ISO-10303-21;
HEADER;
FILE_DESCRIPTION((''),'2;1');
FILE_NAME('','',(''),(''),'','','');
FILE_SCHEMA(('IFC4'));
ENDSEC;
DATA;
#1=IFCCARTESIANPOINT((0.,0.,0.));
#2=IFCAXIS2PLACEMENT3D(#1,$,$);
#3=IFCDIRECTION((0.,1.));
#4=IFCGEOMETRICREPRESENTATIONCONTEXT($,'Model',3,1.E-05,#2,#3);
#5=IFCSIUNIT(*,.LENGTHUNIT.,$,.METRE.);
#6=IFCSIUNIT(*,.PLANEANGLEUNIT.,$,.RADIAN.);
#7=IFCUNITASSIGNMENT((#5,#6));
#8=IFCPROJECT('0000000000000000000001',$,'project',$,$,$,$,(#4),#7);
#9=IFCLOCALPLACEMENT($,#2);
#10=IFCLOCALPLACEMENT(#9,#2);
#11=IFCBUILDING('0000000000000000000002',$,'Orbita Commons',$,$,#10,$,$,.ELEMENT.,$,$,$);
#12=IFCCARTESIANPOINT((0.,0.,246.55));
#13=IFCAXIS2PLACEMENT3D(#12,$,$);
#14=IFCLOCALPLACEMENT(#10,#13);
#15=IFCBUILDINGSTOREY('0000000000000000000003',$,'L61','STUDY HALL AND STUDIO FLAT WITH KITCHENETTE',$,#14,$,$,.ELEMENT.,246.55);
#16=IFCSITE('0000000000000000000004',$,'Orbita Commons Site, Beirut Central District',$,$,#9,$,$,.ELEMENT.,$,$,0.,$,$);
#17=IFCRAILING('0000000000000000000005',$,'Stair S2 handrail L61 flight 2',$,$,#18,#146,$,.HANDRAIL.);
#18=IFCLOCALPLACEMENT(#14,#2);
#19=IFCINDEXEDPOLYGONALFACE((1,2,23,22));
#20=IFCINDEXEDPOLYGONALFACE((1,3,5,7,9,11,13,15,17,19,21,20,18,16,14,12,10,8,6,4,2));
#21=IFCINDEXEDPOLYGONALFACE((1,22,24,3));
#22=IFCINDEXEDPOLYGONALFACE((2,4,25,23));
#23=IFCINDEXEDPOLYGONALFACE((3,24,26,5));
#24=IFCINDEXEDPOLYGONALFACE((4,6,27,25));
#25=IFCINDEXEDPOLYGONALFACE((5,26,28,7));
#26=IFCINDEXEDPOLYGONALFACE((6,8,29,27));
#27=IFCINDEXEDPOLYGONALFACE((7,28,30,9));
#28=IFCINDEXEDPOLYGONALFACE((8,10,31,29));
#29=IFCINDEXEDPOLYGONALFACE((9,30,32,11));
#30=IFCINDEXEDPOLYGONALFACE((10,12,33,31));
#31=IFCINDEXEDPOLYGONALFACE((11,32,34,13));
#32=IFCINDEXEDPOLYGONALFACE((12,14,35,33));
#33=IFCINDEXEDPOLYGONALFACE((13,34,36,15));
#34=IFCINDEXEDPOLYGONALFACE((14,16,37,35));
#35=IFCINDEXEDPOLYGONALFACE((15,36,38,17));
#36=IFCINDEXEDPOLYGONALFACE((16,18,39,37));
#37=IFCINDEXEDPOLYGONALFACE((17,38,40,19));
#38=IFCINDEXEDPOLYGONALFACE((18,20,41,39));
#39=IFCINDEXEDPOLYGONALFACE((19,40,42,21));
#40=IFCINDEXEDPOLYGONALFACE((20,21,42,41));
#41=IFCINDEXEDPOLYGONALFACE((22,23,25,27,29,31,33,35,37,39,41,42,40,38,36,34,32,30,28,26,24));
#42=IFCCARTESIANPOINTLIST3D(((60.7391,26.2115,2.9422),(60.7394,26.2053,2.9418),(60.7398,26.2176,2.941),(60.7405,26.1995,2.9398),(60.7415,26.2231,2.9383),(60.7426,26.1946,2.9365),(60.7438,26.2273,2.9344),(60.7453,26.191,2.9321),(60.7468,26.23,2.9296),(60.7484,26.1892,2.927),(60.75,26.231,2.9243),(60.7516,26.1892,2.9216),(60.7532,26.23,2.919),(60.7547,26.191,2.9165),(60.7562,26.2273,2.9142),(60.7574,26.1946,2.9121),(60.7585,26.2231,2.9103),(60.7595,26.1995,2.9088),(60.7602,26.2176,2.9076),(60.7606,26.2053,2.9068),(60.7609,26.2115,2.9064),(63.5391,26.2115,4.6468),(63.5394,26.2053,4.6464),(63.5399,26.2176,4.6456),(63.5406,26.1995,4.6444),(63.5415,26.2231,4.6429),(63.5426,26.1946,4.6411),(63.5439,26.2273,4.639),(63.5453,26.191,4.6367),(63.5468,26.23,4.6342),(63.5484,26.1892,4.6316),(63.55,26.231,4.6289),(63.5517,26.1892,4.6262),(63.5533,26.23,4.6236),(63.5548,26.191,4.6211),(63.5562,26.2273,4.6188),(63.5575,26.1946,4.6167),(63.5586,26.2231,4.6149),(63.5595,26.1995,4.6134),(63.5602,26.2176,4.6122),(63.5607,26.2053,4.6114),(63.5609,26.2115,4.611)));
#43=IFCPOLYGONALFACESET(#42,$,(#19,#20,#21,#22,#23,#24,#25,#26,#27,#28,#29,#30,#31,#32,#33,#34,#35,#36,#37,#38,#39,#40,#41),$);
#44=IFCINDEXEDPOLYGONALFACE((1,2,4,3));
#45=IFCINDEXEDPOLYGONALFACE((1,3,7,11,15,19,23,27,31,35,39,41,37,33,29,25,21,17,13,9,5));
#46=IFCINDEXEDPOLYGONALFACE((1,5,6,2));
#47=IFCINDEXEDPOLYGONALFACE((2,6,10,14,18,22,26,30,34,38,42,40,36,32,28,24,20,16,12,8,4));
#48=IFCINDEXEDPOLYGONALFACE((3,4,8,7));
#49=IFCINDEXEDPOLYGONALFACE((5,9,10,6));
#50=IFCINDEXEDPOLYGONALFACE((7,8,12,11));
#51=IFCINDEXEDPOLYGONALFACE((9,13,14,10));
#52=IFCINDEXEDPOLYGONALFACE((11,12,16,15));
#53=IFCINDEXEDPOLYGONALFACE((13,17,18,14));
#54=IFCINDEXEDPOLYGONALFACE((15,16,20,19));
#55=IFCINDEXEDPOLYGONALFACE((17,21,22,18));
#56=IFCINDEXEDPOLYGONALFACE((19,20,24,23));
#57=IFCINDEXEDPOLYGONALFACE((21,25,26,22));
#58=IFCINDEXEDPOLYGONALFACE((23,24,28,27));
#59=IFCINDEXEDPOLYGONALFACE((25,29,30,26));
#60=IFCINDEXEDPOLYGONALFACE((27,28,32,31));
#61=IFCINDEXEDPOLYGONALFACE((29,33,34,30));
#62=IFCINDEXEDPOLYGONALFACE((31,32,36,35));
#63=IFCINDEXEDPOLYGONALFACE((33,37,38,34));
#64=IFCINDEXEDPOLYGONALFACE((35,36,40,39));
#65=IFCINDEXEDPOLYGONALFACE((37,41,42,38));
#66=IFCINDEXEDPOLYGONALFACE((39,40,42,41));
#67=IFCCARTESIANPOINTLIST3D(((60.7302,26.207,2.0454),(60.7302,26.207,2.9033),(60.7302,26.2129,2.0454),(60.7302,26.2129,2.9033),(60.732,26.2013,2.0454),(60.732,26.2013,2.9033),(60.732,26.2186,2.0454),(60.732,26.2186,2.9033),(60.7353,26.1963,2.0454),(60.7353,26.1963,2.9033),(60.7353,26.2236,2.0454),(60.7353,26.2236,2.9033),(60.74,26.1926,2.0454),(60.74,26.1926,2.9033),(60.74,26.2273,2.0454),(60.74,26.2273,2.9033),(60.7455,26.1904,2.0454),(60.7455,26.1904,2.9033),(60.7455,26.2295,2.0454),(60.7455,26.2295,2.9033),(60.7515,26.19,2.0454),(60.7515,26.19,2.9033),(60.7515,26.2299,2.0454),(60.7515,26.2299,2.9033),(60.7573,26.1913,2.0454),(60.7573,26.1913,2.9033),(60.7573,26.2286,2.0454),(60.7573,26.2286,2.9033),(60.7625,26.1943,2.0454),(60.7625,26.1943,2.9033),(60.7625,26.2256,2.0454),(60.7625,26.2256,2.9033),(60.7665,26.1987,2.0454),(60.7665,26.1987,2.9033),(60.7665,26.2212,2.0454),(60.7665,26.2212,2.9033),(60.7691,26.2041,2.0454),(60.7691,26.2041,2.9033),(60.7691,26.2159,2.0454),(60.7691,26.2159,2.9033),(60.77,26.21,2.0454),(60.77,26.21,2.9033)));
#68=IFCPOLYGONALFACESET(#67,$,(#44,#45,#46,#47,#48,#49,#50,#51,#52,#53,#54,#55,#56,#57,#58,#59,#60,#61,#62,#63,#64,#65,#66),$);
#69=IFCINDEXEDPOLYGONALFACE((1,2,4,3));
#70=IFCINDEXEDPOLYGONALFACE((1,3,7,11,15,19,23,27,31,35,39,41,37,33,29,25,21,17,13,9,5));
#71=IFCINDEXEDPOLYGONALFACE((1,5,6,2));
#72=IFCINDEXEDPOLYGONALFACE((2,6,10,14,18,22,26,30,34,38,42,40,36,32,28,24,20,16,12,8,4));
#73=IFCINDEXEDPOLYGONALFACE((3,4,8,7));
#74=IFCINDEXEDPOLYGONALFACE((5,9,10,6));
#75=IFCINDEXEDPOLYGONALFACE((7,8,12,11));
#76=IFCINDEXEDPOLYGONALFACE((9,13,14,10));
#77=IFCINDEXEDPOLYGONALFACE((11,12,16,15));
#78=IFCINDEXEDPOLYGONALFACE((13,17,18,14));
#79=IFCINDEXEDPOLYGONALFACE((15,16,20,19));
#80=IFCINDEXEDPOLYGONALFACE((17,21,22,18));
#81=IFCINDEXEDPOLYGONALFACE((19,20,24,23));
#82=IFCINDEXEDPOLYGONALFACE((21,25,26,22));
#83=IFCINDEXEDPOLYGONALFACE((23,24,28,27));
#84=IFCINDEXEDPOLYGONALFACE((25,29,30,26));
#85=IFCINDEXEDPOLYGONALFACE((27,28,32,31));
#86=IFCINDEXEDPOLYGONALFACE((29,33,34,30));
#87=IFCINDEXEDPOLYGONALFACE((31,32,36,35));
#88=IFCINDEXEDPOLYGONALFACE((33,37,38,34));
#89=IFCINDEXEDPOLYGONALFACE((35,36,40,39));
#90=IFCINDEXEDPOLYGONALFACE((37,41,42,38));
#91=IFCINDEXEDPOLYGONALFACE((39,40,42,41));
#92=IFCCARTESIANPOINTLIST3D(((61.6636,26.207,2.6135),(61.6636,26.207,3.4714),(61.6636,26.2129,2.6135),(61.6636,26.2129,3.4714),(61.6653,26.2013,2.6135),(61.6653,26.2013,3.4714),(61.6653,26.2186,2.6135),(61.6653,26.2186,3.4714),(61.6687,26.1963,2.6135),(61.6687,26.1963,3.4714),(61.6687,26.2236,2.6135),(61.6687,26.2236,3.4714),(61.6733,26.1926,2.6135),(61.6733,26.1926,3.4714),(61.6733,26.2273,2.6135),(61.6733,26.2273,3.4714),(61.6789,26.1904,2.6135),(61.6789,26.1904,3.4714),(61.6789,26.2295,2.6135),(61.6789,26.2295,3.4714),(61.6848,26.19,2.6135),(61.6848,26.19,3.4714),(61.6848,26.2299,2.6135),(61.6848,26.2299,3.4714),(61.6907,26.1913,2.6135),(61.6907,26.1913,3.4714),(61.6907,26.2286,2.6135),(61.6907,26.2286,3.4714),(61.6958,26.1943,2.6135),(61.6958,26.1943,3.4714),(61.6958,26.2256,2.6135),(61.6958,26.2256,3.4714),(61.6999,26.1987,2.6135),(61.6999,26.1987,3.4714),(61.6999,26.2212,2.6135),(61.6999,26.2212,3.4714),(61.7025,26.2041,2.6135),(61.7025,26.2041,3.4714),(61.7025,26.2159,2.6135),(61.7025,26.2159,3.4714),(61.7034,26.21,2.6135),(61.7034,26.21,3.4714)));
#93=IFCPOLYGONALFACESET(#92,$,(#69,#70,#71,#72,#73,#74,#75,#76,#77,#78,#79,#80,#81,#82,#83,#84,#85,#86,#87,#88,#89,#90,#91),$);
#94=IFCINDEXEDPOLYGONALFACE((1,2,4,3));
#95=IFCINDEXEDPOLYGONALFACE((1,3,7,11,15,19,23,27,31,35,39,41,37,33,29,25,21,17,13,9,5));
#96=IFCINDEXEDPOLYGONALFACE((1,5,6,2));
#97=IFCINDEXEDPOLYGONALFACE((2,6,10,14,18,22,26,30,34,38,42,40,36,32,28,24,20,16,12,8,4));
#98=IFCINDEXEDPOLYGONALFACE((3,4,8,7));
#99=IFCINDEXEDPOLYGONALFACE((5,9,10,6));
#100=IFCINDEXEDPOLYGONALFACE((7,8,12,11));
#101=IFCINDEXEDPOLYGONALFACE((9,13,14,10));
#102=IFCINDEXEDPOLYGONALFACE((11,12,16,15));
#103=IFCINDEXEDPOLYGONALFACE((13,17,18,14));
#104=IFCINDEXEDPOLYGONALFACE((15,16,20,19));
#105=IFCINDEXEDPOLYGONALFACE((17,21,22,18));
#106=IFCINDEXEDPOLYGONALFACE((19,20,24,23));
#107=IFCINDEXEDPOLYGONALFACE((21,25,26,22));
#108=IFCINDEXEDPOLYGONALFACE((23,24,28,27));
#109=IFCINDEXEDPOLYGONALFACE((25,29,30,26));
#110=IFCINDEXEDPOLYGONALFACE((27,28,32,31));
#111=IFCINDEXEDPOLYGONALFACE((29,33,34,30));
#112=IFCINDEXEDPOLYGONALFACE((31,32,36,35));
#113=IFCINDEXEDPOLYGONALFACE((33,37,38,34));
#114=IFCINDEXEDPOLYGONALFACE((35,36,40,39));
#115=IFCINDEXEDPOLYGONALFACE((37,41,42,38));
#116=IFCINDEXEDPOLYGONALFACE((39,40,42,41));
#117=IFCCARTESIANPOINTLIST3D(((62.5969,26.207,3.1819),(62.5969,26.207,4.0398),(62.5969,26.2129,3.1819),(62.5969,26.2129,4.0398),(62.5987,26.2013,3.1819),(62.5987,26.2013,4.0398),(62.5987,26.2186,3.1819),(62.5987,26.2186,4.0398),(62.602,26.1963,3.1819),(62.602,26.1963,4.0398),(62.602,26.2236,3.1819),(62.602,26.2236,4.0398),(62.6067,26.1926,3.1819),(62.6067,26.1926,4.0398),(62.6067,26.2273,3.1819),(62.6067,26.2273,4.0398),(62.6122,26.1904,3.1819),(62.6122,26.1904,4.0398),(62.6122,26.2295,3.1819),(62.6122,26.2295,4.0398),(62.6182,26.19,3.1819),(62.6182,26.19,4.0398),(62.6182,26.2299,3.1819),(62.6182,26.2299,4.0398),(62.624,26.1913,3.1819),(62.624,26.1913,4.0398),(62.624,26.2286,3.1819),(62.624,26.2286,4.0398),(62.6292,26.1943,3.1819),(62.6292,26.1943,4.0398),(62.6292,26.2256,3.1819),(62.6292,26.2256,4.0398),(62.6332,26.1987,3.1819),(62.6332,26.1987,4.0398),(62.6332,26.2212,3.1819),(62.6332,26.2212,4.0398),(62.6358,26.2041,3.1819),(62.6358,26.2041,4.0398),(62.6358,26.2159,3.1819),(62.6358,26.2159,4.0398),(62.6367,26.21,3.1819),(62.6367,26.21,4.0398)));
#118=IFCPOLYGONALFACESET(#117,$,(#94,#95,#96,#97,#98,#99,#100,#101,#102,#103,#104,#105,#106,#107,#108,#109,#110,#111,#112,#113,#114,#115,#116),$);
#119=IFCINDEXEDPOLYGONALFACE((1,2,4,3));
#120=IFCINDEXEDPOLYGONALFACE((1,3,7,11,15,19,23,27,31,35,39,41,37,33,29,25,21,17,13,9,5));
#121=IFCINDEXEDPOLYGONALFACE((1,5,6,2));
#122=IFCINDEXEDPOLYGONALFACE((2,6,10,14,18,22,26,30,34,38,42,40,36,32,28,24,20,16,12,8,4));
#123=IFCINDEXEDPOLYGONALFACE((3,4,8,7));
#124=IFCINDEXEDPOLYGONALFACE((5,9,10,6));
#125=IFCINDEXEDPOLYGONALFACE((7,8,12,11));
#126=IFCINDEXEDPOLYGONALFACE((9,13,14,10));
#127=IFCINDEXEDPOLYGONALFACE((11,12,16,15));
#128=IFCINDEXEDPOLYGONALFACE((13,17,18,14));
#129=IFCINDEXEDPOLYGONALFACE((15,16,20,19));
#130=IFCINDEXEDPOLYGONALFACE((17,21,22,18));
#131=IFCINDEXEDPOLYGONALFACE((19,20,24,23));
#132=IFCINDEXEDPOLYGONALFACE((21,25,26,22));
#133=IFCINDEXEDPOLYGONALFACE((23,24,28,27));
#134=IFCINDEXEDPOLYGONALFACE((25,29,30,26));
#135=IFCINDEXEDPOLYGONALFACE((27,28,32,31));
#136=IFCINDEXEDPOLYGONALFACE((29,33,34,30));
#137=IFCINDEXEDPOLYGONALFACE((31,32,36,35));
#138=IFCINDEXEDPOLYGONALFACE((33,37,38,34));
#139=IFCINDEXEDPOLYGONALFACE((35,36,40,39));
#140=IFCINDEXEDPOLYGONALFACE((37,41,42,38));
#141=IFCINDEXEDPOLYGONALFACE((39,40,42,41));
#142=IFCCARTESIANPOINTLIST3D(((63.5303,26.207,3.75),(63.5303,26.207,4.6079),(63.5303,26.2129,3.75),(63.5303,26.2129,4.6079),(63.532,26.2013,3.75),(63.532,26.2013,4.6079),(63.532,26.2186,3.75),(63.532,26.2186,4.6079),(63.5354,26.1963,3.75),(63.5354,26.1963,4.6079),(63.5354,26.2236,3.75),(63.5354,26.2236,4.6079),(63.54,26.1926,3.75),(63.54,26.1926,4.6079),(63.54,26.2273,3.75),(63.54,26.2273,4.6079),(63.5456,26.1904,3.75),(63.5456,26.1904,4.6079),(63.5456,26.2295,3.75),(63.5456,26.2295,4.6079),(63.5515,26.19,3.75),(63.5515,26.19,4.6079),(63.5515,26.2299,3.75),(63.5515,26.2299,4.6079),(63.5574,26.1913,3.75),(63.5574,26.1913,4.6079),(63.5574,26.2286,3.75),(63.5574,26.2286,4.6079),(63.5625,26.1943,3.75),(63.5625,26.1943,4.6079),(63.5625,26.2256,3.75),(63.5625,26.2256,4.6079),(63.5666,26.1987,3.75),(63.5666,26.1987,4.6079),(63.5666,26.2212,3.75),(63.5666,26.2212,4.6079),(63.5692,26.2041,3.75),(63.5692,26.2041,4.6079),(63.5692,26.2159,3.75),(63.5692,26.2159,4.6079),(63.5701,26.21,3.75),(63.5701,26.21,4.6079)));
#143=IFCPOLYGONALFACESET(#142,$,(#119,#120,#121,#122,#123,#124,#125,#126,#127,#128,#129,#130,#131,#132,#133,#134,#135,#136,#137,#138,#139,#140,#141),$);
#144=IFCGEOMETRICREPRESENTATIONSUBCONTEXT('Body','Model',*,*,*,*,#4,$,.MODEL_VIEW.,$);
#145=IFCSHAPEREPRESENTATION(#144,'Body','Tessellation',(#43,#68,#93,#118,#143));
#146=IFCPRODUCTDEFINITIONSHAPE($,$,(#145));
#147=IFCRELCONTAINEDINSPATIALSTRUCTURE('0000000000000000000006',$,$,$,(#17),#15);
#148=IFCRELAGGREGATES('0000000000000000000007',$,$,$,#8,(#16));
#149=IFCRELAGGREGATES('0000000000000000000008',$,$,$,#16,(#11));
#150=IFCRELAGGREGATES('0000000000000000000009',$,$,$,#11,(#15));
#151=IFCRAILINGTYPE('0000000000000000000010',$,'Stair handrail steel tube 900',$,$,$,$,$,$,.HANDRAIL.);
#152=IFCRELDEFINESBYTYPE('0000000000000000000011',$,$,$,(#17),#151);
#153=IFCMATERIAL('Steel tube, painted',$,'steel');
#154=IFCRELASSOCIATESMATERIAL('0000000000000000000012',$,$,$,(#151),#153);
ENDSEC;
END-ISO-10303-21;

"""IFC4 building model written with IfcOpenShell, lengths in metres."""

from ifc_helpers import new_model, si_unit, direction, frame, origin, origin_2d, place, context, subcontext, project, spatial, circle, extrude, material, type_object, element, save


model = new_model("IFC4")

# Units and contexts
model_context = context("Model", 3, precision=1e-05, world=origin(), true_north=direction((0.0, 1.0)))
body_context = subcontext(model_context, "Body", "Model", "MODEL_VIEW")
ifc_project = project(units=[si_unit("LENGTHUNIT", "METRE"), si_unit("PLANEANGLEUNIT", "RADIAN")], contexts=[model_context])

# Site, building, storey
site_placement = place(None, origin())
site = spatial("IfcSite", under=ifc_project, at=site_placement, Name="Orbita Commons Site, Beirut Central District", CompositionType="ELEMENT", RefElevation=0.0)
building_placement = place(site_placement, origin())
building = spatial("IfcBuilding", under=site, at=building_placement, Name="Orbita Commons", CompositionType="ELEMENT")
storey_placement = place(building_placement, frame((0.0, 0.0, 246.55)))
storey = spatial("IfcBuildingStorey", under=building, at=storey_placement, Name="L61", Description="STUDY HALL AND STUDIO FLAT WITH KITCHENETTE", CompositionType="ELEMENT", Elevation=246.55)

# Railing
ifc_material_1 = material(Name="Steel tube, painted", Category="steel")
railing_type = type_object("IfcRailingType", Name="Stair handrail steel tube 900", PredefinedType="HANDRAIL", material=ifc_material_1)
for number, where, name in (
    (1, (60.75, 26.21, 2.0454), "Stair S2 handrail L61 flight 2"),
):
    element("IfcRailing", number, at=place(storey_placement, frame(where)), inside=storey, type_object=railing_type, Name=name, PredefinedType="HANDRAIL", context=body_context, shape_type="SweptSolid", body=[
        extrude(circle(Radius=0.021, at=origin_2d()), frame((0.0, 0.0, 0.8789), z_axis=(0.85417, 0.0, 0.519994), x_axis=(0.0, 1.0, 0.0)), (0.0, 0.0, 1.0), 3.2781),
        extrude(circle(Radius=0.02, at=origin_2d()), origin(), (0.0, 0.0, 1.0), 0.8579),
        extrude(circle(Radius=0.02, at=origin_2d()), frame((0.9333, 0.0, 0.5681)), (0.0, 0.0, 1.0), 0.8579),
        extrude(circle(Radius=0.02, at=origin_2d()), frame((1.8667, 0.0, 1.1365)), (0.0, 0.0, 1.0), 0.8579),
        extrude(circle(Radius=0.02, at=origin_2d()), frame((2.8, 0.0, 1.7046)), (0.0, 0.0, 1.0), 0.8579),
    ])

save(model, "model.ifc")
